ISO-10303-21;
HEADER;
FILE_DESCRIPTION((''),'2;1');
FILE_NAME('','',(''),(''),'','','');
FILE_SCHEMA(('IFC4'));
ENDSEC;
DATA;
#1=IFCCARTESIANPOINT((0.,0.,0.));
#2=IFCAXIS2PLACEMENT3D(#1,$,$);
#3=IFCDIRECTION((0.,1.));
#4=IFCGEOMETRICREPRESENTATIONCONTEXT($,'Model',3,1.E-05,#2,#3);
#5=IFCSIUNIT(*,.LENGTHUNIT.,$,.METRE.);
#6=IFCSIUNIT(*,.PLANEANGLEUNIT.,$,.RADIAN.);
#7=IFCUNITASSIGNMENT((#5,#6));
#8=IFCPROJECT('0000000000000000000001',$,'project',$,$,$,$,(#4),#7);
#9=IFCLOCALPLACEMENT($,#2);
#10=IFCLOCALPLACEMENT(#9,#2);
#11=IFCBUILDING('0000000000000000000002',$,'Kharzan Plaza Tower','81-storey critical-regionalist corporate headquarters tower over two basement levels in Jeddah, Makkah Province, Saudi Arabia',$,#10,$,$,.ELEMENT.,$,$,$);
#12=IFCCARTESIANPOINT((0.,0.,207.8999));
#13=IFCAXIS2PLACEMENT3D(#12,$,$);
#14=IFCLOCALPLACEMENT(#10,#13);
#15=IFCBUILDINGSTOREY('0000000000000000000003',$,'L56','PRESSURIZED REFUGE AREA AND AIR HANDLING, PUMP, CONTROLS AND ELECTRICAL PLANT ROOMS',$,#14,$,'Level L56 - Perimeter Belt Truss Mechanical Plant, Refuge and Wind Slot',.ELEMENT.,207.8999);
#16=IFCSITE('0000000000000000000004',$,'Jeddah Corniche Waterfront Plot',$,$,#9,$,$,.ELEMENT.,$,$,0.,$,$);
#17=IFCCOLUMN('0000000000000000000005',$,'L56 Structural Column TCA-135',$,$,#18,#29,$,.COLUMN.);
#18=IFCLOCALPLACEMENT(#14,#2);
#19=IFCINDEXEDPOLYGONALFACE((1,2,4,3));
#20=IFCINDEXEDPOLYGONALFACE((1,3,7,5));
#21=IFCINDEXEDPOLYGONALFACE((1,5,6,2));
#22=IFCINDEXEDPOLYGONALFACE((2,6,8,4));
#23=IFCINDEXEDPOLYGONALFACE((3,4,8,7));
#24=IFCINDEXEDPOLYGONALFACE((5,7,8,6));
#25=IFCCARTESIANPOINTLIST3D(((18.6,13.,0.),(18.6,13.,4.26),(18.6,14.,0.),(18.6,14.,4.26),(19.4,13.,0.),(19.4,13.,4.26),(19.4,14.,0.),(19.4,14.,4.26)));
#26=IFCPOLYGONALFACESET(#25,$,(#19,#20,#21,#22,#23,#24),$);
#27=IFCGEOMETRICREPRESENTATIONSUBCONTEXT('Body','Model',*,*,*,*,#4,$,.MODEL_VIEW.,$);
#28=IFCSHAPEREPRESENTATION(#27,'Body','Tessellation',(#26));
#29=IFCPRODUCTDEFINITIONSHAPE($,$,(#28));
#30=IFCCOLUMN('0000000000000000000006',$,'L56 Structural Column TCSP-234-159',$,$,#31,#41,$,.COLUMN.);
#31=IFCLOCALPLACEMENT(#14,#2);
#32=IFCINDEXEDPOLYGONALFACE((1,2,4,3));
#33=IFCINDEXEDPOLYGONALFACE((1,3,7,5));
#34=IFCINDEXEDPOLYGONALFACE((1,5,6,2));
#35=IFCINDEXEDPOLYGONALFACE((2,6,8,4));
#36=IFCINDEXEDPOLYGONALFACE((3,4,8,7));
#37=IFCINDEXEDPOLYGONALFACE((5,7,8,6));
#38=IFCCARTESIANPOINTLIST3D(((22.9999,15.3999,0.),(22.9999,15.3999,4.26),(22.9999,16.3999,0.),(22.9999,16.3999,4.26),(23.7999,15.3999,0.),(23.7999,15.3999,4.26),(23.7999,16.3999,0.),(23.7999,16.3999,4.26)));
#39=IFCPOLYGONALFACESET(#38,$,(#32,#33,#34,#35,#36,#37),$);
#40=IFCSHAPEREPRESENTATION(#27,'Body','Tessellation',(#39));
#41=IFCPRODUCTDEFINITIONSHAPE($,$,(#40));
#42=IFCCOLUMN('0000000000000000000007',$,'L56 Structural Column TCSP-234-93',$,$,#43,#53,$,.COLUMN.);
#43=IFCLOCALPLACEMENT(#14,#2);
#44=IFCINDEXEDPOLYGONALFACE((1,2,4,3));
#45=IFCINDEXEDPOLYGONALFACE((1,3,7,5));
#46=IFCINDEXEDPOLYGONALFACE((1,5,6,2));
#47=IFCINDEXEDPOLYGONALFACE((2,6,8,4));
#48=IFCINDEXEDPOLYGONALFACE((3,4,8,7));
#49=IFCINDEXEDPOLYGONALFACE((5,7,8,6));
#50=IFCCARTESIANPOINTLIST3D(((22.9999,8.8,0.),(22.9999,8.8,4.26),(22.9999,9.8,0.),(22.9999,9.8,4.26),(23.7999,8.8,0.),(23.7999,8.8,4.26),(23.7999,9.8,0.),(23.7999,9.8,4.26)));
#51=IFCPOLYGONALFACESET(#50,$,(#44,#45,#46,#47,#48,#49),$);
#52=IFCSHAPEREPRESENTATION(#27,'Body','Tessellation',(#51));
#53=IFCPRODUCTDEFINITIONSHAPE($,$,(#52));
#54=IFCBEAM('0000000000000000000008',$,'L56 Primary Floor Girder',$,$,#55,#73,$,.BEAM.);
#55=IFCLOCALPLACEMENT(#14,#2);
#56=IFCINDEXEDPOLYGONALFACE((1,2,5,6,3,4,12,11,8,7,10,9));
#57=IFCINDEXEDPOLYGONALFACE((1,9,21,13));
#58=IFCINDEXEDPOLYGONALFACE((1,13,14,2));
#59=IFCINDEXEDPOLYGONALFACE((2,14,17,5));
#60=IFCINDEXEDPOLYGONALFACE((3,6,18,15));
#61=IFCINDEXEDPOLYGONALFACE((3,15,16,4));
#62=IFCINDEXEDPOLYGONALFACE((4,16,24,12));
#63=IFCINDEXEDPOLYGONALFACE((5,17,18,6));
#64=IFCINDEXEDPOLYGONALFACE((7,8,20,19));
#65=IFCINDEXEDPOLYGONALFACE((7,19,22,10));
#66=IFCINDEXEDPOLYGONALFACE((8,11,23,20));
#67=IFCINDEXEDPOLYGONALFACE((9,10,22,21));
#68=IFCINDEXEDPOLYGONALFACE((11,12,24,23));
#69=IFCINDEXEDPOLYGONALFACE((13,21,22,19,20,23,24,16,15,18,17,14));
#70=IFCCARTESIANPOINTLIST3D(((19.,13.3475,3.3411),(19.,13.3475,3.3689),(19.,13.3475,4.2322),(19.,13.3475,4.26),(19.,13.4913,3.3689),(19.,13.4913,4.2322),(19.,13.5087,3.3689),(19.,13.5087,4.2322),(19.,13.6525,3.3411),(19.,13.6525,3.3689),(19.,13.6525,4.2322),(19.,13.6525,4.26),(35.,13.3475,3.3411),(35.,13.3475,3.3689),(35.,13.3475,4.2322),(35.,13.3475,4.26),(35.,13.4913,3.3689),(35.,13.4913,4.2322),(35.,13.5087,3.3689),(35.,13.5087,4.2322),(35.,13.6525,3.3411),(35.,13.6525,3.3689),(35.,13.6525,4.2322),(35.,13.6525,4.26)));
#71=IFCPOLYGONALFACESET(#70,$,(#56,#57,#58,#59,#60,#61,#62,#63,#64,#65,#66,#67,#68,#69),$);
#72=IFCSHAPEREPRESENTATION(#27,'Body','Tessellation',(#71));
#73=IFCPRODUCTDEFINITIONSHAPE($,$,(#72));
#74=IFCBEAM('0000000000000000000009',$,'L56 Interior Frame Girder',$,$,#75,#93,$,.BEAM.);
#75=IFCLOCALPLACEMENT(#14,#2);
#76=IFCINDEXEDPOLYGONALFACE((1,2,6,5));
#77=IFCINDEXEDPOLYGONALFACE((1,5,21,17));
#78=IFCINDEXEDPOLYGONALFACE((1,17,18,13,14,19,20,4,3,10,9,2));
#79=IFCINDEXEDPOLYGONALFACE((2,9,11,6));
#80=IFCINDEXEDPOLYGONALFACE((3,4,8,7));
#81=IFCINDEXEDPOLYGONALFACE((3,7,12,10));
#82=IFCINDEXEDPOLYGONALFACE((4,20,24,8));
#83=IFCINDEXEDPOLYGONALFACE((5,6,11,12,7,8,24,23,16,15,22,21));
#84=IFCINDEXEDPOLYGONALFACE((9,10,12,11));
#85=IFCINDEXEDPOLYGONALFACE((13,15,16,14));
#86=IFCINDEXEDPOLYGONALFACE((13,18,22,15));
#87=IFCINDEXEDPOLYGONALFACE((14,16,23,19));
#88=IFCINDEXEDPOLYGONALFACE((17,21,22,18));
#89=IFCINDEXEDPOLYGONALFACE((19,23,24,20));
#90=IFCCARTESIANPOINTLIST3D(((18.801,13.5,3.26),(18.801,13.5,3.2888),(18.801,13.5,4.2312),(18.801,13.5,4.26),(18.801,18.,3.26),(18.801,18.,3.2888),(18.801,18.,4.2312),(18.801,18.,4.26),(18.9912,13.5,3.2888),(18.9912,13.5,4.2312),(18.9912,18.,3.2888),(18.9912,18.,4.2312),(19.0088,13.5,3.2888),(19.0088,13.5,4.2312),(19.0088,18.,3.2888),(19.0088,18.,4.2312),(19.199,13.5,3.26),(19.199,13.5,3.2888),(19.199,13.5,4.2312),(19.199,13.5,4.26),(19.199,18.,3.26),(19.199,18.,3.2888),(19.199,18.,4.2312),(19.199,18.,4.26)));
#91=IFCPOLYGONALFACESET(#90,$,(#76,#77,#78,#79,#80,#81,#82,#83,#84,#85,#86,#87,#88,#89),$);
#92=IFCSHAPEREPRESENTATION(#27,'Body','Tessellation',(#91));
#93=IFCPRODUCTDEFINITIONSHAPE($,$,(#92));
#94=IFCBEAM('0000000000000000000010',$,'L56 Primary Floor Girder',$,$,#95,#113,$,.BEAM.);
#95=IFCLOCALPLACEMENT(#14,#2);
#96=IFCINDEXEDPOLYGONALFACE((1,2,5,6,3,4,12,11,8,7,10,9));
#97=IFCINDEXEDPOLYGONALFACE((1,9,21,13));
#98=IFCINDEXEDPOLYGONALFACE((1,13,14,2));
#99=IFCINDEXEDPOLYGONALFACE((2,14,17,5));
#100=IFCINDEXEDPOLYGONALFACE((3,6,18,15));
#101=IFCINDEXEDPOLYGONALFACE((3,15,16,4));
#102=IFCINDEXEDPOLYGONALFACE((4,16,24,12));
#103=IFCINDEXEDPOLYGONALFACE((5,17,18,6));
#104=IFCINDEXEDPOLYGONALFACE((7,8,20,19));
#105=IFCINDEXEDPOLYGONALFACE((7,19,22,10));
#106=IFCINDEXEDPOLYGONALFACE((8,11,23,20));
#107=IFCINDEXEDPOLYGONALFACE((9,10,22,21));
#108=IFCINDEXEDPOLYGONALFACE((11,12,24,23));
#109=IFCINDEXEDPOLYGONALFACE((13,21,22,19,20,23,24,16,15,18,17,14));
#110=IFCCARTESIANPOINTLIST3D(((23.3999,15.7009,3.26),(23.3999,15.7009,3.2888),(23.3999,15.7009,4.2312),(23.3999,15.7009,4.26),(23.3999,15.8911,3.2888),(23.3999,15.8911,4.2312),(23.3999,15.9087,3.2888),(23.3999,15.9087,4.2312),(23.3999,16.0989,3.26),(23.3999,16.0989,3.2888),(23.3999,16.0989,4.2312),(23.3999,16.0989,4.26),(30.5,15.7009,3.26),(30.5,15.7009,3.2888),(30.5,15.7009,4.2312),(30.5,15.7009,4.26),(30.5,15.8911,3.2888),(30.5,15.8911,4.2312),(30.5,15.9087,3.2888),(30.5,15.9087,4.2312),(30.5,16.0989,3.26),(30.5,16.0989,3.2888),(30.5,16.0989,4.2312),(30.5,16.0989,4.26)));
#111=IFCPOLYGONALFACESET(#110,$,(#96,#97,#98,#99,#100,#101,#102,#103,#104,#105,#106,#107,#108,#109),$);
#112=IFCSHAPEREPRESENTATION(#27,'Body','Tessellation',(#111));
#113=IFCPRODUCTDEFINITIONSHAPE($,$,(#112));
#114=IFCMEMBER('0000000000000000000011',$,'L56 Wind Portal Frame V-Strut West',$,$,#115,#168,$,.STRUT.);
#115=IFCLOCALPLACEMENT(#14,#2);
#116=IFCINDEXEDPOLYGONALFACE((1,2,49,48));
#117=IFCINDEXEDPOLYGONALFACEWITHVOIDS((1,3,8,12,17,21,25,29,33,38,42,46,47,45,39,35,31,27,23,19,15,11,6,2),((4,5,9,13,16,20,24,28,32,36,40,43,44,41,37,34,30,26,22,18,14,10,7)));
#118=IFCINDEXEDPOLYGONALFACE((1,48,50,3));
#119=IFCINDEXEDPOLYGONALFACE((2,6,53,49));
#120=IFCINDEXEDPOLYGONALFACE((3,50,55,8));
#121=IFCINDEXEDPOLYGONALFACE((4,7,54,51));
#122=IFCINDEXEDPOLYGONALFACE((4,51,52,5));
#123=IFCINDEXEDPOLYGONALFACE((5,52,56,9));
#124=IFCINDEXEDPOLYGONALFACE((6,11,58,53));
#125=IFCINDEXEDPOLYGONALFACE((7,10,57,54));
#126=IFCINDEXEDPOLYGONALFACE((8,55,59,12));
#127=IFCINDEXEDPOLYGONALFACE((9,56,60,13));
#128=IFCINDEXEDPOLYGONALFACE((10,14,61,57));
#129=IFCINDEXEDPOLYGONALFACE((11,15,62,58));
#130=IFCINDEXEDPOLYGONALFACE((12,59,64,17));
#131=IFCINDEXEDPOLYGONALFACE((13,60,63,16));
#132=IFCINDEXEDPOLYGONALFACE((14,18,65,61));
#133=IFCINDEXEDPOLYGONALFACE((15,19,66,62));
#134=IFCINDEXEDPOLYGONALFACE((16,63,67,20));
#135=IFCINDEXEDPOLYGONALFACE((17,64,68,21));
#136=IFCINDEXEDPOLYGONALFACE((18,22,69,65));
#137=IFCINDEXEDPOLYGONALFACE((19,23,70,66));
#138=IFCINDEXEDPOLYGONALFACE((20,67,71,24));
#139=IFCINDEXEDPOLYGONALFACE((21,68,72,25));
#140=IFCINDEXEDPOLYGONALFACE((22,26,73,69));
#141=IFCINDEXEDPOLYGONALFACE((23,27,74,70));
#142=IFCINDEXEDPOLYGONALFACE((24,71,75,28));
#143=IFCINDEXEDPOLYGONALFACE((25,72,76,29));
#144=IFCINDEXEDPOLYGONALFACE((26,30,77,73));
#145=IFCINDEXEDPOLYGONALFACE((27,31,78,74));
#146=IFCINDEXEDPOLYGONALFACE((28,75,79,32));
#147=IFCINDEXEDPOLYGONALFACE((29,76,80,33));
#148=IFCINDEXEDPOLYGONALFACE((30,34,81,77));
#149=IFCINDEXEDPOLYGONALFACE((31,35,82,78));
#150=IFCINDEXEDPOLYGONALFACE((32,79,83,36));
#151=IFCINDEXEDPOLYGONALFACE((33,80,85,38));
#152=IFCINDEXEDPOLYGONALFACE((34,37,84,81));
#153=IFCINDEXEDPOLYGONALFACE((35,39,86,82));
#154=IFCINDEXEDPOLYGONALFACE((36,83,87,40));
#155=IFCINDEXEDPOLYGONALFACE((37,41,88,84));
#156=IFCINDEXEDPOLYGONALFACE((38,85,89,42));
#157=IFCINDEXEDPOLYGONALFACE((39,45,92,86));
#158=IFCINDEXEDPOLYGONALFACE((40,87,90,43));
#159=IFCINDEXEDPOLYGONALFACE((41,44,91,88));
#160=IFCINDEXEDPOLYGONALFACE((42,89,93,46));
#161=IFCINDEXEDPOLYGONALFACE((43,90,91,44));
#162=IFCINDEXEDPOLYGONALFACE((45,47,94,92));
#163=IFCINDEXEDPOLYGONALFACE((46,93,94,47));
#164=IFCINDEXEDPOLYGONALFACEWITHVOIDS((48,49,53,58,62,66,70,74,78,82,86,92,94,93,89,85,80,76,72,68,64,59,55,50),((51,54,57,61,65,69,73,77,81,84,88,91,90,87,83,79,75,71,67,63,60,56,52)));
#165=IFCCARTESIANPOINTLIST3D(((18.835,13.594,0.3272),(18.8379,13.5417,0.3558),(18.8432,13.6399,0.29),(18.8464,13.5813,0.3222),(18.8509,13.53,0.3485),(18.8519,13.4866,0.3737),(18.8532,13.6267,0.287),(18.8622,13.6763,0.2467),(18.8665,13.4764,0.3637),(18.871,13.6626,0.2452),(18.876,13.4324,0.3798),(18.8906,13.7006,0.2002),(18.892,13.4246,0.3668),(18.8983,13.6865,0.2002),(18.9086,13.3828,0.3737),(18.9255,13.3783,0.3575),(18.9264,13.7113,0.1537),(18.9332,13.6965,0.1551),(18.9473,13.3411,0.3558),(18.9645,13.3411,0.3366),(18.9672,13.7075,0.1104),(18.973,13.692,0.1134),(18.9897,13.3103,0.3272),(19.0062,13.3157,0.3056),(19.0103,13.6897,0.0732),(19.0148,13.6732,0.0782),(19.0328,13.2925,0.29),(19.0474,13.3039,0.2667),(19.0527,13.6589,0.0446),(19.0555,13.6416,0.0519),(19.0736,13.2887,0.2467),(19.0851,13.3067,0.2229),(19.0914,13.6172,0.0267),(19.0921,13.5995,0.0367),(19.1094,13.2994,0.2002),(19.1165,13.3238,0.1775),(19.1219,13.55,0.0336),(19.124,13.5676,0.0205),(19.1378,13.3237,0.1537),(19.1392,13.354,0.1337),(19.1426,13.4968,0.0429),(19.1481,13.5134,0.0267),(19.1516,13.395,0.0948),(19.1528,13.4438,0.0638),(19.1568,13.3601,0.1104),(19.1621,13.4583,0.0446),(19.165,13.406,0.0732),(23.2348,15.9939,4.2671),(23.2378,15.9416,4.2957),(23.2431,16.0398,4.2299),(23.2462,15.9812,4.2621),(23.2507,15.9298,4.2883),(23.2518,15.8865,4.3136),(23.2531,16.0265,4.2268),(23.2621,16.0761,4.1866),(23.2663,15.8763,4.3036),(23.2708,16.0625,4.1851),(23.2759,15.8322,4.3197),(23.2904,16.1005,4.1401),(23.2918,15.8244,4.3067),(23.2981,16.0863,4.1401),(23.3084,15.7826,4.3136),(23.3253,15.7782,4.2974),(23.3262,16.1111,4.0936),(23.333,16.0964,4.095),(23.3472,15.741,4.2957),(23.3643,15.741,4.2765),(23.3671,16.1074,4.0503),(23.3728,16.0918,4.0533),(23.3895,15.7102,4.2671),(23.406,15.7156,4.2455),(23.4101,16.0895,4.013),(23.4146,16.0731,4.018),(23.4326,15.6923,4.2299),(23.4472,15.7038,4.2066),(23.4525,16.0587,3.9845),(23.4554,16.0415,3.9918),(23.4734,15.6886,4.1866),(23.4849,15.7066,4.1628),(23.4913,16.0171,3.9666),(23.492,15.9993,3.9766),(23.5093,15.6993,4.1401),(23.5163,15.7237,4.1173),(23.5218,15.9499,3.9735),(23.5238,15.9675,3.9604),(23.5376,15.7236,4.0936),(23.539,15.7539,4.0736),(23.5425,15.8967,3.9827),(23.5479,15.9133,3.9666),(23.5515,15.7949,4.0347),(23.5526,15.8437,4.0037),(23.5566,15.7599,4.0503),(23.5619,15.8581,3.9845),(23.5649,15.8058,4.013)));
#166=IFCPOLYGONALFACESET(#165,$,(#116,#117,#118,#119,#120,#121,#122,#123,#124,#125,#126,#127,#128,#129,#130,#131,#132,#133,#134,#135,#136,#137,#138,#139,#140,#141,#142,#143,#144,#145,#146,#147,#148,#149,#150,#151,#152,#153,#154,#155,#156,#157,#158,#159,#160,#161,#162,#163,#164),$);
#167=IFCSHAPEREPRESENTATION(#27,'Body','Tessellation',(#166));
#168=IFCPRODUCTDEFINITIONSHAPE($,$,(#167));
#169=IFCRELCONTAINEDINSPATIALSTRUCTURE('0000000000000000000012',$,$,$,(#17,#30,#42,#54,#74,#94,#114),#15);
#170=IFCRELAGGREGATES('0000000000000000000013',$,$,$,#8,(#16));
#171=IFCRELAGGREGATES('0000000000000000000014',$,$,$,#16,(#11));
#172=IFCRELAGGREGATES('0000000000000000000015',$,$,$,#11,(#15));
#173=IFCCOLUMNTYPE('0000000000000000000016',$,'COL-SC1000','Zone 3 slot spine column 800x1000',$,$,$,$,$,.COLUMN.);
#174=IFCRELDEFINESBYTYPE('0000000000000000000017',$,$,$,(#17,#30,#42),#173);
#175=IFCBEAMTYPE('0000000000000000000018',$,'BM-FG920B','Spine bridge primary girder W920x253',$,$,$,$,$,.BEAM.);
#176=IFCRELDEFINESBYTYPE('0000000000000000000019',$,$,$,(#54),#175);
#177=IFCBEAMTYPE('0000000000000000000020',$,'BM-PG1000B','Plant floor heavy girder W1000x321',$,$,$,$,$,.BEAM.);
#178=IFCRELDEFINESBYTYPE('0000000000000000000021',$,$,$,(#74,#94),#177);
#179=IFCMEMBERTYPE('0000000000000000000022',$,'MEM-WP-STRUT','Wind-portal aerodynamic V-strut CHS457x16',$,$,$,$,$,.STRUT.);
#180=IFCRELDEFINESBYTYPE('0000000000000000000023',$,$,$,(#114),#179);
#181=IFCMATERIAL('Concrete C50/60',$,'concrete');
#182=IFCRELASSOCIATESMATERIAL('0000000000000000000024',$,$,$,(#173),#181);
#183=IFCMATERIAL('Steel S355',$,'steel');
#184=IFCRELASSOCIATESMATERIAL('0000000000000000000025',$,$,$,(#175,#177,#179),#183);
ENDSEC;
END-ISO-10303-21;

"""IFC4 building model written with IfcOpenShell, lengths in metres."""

from ifc_helpers import new_model, si_unit, direction, frame, origin, origin_2d, place, context, subcontext, project, spatial, rectangle, hollow_circle, i_section, extrude, source, transform, mapped, material, material_profile, profile_set, type_object, element, save


model = new_model("IFC4")

# Units and contexts
model_context = context("Model", 3, precision=1e-05, world=origin(), true_north=direction((0.0, 1.0)))
body_context = subcontext(model_context, "Body", "Model", "MODEL_VIEW")
ifc_project = project(units=[si_unit("LENGTHUNIT", "METRE"), si_unit("PLANEANGLEUNIT", "RADIAN")], contexts=[model_context])

# Site, building, storey
site_placement = place(None, origin())
site = spatial("IfcSite", under=ifc_project, at=site_placement, Name="Jeddah Corniche Waterfront Plot", CompositionType="ELEMENT", RefElevation=0.0)
building_placement = place(site_placement, origin())
building = spatial("IfcBuilding", under=site, at=building_placement, Name="Kharzan Plaza Tower", Description="81-storey critical-regionalist corporate headquarters tower over two basement levels in Jeddah, Makkah Province, Saudi Arabia", CompositionType="ELEMENT")
storey_placement = place(building_placement, frame((0.0, 0.0, 207.8999)))
storey = spatial("IfcBuildingStorey", under=building, at=storey_placement, Name="L56", Description="PRESSURIZED REFUGE AREA AND AIR HANDLING, PUMP, CONTROLS AND ELECTRICAL PLANT ROOMS", LongName="Level L56 - Perimeter Belt Truss Mechanical Plant, Refuge and Wind Slot", CompositionType="ELEMENT", Elevation=207.8999)

# Columns
ifc_material_1 = material(Name="Concrete C50/60", Category="concrete")
ifc_material_profile_1 = material_profile(ifc_material_1, rectangle(XDim=0.8, YDim=1.0, at=origin_2d()), Name="RC-SC1000x800")
ifc_profile_set_1 = profile_set([ifc_material_profile_1], Name="Concrete C50/60")
column_type = type_object("IfcColumnType", Name="COL-SC1000", Description="Zone 3 slot spine column 800x1000", PredefinedType="COLUMN", material=ifc_profile_set_1)
shared_shape_1 = source(origin(), body_context, "Body", "SweptSolid", [
    extrude(rectangle(XDim=0.8, YDim=1.0, at=origin_2d()), origin(), (0.0, 0.0, 1.0), 4.26),
])
for number, where, z_axis, x_axis, name in (
    (1, (19.0, 13.5, 0.0), (0.0, 0.0, 1.0), (1.0, 0.0, 0.0), "L56 Structural Column TCA-135"),
    (2, (23.3999, 15.8999, 0.0), (0.0, 0.0, 1.0), (1.0, 0.0, 0.0), "L56 Structural Column TCSP-234-159"),
    (3, (23.3999, 9.3, 0.0), (0.0, 0.0, 1.0), (1.0, 0.0, 0.0), "L56 Structural Column TCSP-234-93"),
):
    element("IfcColumn", number, at=place(storey_placement, frame(where, z_axis=z_axis, x_axis=x_axis)), inside=storey, type_object=column_type, Name=name, PredefinedType="COLUMN", context=body_context, shape_type="MappedRepresentation", body=[
        mapped(shared_shape_1, transform((0.0, 0.0, 0.0), x_axis=(1.0, 0.0, 0.0), y_axis=(0.0, 1.0, 0.0), z_axis=(0.0, 0.0, 1.0))),
    ])

# Beams
ifc_material_2 = material(Name="Steel S355", Category="steel")
ifc_material_profile_2 = material_profile(ifc_material_2, i_section(OverallWidth=0.3049, OverallDepth=0.9189, WebThickness=0.0173, FlangeThickness=0.0278, at=origin_2d()), Name="W920x253")
ifc_profile_set_2 = profile_set([ifc_material_profile_2], Name="Steel S355")
beam_type_1 = type_object("IfcBeamType", Name="BM-FG920B", Description="Spine bridge primary girder W920x253", PredefinedType="BEAM", material=ifc_profile_set_2)
shared_shape_2 = source(origin(), body_context, "Body", "SweptSolid", [
    extrude(i_section(OverallWidth=0.3049, OverallDepth=0.9189, WebThickness=0.0173, FlangeThickness=0.0278, at=origin_2d()), origin(), (0.0, 0.0, 1.0), 16.0),
])
beam_1_placement = place(storey_placement, frame((19.0, 13.5, 3.8005), z_axis=(1.0, 0.0, 0.0), x_axis=(0.0, 1.0, 0.0)))
element("IfcBeam", 4, at=beam_1_placement, inside=storey, type_object=beam_type_1, Name="L56 Primary Floor Girder", PredefinedType="BEAM", context=body_context, shape_type="MappedRepresentation", body=[
    mapped(shared_shape_2, transform((0.0, 0.0, 0.0), x_axis=(1.0, 0.0, 0.0), y_axis=(0.0, 1.0, 0.0), z_axis=(0.0, 0.0, 1.0))),
])
ifc_material_profile_3 = material_profile(ifc_material_2, i_section(OverallWidth=0.3979, OverallDepth=1.0, WebThickness=0.0176, FlangeThickness=0.0288, at=origin_2d()), Name="W1000x321")
ifc_profile_set_3 = profile_set([ifc_material_profile_3], Name="Steel S355")
beam_type_2 = type_object("IfcBeamType", Name="BM-PG1000B", Description="Plant floor heavy girder W1000x321", PredefinedType="BEAM", material=ifc_profile_set_3)
shared_shape_3 = source(origin(), body_context, "Body", "SweptSolid", [
    extrude(i_section(OverallWidth=0.3979, OverallDepth=1.0, WebThickness=0.0176, FlangeThickness=0.0288, at=origin_2d()), origin(), (0.0, 0.0, 1.0), 4.5),
])
beam_2_placement = place(storey_placement, frame((19.0, 13.5, 3.76), z_axis=(0.0, 1.0, 0.0), x_axis=(-1.0, 0.0, 0.0)))
element("IfcBeam", 5, at=beam_2_placement, inside=storey, type_object=beam_type_2, Name="L56 Interior Frame Girder", PredefinedType="BEAM", context=body_context, shape_type="MappedRepresentation", body=[
    mapped(shared_shape_3, transform((0.0, 0.0, 0.0), x_axis=(1.0, 0.0, 0.0), y_axis=(0.0, 1.0, 0.0), z_axis=(0.0, 0.0, 1.0))),
])
shared_shape_4 = source(origin(), body_context, "Body", "SweptSolid", [
    extrude(i_section(OverallWidth=0.3979, OverallDepth=1.0, WebThickness=0.0176, FlangeThickness=0.0288, at=origin_2d()), origin(), (0.0, 0.0, 1.0), 7.1001),
])
beam_3_placement = place(storey_placement, frame((23.3999, 15.8999, 3.76), z_axis=(1.0, 0.0, 0.0), x_axis=(0.0, 1.0, 0.0)))
element("IfcBeam", 6, at=beam_3_placement, inside=storey, type_object=beam_type_2, Name="L56 Primary Floor Girder", PredefinedType="BEAM", context=body_context, shape_type="MappedRepresentation", body=[
    mapped(shared_shape_4, transform((0.0, 0.0, 0.0), x_axis=(1.0, 0.0, 0.0), y_axis=(0.0, 1.0, 0.0), z_axis=(0.0, 0.0, 1.0))),
])

# Member
ifc_material_profile_4 = material_profile(ifc_material_2, hollow_circle(Radius=0.2285, WallThickness=0.0161, at=origin_2d()), Name="CHS457x16")
ifc_profile_set_4 = profile_set([ifc_material_profile_4], Name="Steel S355")
member_type_1 = type_object("IfcMemberType", Name="MEM-WP-STRUT", Description="Wind-portal aerodynamic V-strut CHS457x16", PredefinedType="STRUT", material=ifc_profile_set_4)
shared_shape_5 = source(origin(), body_context, "Body", "SweptSolid", [
    extrude(hollow_circle(Radius=0.2285, WallThickness=0.0161, at=origin_2d()), origin(), (0.0, 0.0, 1.0), 6.375),
])
member_1_placement = place(storey_placement, frame((19.0, 13.5, 0.2002), z_axis=(0.690171, 0.37645, 0.618021), x_axis=(-0.478845, 0.877899, 0.0)))
element("IfcMember", 7, at=member_1_placement, inside=storey, type_object=member_type_1, Name="L56 Wind Portal Frame V-Strut West", PredefinedType="STRUT", context=body_context, shape_type="MappedRepresentation", body=[
    mapped(shared_shape_5, transform((0.0, 0.0, 0.0), x_axis=(1.0, 0.0, 0.0), y_axis=(0.0, 1.0, 0.0), z_axis=(0.0, 0.0, 1.0))),
])

save(model, "model.ifc")
